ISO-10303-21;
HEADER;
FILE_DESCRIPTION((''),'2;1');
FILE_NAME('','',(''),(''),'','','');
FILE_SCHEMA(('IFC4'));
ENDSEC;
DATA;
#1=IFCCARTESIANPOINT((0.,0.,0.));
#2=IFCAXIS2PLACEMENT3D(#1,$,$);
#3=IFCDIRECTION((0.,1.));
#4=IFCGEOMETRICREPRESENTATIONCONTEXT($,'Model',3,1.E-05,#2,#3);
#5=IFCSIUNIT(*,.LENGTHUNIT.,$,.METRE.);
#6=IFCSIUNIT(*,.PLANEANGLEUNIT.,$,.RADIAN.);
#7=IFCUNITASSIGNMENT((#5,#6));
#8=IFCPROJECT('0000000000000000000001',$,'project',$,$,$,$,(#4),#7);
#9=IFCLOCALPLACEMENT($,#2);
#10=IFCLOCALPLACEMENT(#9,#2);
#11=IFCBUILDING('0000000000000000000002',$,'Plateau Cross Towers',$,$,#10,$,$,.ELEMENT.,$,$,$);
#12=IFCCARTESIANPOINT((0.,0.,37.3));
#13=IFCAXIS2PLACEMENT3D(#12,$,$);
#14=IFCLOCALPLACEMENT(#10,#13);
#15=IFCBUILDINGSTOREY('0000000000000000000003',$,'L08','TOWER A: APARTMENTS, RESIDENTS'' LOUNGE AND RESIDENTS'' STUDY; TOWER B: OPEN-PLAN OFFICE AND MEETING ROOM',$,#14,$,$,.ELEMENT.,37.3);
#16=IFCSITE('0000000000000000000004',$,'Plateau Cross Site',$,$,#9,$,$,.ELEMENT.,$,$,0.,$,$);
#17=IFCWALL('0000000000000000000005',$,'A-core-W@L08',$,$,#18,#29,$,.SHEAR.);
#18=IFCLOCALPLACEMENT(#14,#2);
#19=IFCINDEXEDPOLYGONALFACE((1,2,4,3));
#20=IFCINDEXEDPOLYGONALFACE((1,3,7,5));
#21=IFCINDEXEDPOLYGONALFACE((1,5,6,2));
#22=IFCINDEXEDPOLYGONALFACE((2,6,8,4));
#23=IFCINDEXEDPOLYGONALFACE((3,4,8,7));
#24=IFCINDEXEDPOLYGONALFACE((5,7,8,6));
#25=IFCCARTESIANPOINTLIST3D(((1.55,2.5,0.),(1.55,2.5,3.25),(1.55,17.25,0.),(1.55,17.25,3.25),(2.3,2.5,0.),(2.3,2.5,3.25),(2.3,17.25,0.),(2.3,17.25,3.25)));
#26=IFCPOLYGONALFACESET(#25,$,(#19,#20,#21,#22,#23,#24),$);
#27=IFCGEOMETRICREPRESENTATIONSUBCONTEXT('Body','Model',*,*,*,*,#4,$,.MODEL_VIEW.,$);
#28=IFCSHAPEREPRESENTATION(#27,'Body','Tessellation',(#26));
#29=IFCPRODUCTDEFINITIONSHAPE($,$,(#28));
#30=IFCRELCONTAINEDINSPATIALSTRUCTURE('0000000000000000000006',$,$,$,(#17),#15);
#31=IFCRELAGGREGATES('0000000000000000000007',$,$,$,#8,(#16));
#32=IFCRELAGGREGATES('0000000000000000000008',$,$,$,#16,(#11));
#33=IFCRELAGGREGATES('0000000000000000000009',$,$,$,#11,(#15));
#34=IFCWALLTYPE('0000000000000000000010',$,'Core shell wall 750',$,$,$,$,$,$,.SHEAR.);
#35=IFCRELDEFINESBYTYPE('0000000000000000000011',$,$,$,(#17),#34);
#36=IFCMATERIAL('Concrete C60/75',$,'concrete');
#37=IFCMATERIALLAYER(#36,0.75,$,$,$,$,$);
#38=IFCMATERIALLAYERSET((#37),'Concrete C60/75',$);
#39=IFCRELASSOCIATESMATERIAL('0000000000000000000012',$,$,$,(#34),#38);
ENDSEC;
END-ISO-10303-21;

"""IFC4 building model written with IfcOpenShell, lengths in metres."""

from ifc_helpers import new_model, si_unit, direction, frame, frame_2d, origin, place, context, subcontext, project, spatial, rectangle, extrude, material, layer, layer_set, type_object, element, save


model = new_model("IFC4")

# Units and contexts
model_context = context("Model", 3, precision=1e-05, world=origin(), true_north=direction((0.0, 1.0)))
body_context = subcontext(model_context, "Body", "Model", "MODEL_VIEW")
ifc_project = project(units=[si_unit("LENGTHUNIT", "METRE"), si_unit("PLANEANGLEUNIT", "RADIAN")], contexts=[model_context])

# Site, building, storey
site_placement = place(None, origin())
site = spatial("IfcSite", under=ifc_project, at=site_placement, Name="Plateau Cross Site", CompositionType="ELEMENT", RefElevation=0.0)
building_placement = place(site_placement, origin())
building = spatial("IfcBuilding", under=site, at=building_placement, Name="Plateau Cross Towers", CompositionType="ELEMENT")
storey_placement = place(building_placement, frame((0.0, 0.0, 37.3)))
storey = spatial("IfcBuildingStorey", under=building, at=storey_placement, Name="L08", Description="TOWER A: APARTMENTS, RESIDENTS' LOUNGE AND RESIDENTS' STUDY; TOWER B: OPEN-PLAN OFFICE AND MEETING ROOM", CompositionType="ELEMENT", Elevation=37.3)

# Shared definitions
ifc_material_1 = material(Name="Concrete C60/75", Category="concrete")

# Wall
ifc_layer_1 = layer(ifc_material_1, 0.75)
ifc_layer_set_1 = layer_set([ifc_layer_1], Name="Concrete C60/75")
wall_type_1 = type_object("IfcWallType", Name="Core shell wall 750", PredefinedType="SHEAR", material=ifc_layer_set_1)
wall_1_placement = place(storey_placement, frame((1.925, 2.5, 0.0), z_axis=(0.0, 0.0, 1.0), x_axis=(0.0, 1.0, 0.0)))
element("IfcWall", 1, at=wall_1_placement, inside=storey, type_object=wall_type_1, Name="A-core-W@L08", PredefinedType="SHEAR", context=body_context, shape_type="SweptSolid", body=[
    extrude(rectangle(XDim=14.75, YDim=0.75, at=frame_2d((7.375, 0.0))), origin(), (0.0, 0.0, 1.0), 3.25),
])

save(model, "model.ifc")
